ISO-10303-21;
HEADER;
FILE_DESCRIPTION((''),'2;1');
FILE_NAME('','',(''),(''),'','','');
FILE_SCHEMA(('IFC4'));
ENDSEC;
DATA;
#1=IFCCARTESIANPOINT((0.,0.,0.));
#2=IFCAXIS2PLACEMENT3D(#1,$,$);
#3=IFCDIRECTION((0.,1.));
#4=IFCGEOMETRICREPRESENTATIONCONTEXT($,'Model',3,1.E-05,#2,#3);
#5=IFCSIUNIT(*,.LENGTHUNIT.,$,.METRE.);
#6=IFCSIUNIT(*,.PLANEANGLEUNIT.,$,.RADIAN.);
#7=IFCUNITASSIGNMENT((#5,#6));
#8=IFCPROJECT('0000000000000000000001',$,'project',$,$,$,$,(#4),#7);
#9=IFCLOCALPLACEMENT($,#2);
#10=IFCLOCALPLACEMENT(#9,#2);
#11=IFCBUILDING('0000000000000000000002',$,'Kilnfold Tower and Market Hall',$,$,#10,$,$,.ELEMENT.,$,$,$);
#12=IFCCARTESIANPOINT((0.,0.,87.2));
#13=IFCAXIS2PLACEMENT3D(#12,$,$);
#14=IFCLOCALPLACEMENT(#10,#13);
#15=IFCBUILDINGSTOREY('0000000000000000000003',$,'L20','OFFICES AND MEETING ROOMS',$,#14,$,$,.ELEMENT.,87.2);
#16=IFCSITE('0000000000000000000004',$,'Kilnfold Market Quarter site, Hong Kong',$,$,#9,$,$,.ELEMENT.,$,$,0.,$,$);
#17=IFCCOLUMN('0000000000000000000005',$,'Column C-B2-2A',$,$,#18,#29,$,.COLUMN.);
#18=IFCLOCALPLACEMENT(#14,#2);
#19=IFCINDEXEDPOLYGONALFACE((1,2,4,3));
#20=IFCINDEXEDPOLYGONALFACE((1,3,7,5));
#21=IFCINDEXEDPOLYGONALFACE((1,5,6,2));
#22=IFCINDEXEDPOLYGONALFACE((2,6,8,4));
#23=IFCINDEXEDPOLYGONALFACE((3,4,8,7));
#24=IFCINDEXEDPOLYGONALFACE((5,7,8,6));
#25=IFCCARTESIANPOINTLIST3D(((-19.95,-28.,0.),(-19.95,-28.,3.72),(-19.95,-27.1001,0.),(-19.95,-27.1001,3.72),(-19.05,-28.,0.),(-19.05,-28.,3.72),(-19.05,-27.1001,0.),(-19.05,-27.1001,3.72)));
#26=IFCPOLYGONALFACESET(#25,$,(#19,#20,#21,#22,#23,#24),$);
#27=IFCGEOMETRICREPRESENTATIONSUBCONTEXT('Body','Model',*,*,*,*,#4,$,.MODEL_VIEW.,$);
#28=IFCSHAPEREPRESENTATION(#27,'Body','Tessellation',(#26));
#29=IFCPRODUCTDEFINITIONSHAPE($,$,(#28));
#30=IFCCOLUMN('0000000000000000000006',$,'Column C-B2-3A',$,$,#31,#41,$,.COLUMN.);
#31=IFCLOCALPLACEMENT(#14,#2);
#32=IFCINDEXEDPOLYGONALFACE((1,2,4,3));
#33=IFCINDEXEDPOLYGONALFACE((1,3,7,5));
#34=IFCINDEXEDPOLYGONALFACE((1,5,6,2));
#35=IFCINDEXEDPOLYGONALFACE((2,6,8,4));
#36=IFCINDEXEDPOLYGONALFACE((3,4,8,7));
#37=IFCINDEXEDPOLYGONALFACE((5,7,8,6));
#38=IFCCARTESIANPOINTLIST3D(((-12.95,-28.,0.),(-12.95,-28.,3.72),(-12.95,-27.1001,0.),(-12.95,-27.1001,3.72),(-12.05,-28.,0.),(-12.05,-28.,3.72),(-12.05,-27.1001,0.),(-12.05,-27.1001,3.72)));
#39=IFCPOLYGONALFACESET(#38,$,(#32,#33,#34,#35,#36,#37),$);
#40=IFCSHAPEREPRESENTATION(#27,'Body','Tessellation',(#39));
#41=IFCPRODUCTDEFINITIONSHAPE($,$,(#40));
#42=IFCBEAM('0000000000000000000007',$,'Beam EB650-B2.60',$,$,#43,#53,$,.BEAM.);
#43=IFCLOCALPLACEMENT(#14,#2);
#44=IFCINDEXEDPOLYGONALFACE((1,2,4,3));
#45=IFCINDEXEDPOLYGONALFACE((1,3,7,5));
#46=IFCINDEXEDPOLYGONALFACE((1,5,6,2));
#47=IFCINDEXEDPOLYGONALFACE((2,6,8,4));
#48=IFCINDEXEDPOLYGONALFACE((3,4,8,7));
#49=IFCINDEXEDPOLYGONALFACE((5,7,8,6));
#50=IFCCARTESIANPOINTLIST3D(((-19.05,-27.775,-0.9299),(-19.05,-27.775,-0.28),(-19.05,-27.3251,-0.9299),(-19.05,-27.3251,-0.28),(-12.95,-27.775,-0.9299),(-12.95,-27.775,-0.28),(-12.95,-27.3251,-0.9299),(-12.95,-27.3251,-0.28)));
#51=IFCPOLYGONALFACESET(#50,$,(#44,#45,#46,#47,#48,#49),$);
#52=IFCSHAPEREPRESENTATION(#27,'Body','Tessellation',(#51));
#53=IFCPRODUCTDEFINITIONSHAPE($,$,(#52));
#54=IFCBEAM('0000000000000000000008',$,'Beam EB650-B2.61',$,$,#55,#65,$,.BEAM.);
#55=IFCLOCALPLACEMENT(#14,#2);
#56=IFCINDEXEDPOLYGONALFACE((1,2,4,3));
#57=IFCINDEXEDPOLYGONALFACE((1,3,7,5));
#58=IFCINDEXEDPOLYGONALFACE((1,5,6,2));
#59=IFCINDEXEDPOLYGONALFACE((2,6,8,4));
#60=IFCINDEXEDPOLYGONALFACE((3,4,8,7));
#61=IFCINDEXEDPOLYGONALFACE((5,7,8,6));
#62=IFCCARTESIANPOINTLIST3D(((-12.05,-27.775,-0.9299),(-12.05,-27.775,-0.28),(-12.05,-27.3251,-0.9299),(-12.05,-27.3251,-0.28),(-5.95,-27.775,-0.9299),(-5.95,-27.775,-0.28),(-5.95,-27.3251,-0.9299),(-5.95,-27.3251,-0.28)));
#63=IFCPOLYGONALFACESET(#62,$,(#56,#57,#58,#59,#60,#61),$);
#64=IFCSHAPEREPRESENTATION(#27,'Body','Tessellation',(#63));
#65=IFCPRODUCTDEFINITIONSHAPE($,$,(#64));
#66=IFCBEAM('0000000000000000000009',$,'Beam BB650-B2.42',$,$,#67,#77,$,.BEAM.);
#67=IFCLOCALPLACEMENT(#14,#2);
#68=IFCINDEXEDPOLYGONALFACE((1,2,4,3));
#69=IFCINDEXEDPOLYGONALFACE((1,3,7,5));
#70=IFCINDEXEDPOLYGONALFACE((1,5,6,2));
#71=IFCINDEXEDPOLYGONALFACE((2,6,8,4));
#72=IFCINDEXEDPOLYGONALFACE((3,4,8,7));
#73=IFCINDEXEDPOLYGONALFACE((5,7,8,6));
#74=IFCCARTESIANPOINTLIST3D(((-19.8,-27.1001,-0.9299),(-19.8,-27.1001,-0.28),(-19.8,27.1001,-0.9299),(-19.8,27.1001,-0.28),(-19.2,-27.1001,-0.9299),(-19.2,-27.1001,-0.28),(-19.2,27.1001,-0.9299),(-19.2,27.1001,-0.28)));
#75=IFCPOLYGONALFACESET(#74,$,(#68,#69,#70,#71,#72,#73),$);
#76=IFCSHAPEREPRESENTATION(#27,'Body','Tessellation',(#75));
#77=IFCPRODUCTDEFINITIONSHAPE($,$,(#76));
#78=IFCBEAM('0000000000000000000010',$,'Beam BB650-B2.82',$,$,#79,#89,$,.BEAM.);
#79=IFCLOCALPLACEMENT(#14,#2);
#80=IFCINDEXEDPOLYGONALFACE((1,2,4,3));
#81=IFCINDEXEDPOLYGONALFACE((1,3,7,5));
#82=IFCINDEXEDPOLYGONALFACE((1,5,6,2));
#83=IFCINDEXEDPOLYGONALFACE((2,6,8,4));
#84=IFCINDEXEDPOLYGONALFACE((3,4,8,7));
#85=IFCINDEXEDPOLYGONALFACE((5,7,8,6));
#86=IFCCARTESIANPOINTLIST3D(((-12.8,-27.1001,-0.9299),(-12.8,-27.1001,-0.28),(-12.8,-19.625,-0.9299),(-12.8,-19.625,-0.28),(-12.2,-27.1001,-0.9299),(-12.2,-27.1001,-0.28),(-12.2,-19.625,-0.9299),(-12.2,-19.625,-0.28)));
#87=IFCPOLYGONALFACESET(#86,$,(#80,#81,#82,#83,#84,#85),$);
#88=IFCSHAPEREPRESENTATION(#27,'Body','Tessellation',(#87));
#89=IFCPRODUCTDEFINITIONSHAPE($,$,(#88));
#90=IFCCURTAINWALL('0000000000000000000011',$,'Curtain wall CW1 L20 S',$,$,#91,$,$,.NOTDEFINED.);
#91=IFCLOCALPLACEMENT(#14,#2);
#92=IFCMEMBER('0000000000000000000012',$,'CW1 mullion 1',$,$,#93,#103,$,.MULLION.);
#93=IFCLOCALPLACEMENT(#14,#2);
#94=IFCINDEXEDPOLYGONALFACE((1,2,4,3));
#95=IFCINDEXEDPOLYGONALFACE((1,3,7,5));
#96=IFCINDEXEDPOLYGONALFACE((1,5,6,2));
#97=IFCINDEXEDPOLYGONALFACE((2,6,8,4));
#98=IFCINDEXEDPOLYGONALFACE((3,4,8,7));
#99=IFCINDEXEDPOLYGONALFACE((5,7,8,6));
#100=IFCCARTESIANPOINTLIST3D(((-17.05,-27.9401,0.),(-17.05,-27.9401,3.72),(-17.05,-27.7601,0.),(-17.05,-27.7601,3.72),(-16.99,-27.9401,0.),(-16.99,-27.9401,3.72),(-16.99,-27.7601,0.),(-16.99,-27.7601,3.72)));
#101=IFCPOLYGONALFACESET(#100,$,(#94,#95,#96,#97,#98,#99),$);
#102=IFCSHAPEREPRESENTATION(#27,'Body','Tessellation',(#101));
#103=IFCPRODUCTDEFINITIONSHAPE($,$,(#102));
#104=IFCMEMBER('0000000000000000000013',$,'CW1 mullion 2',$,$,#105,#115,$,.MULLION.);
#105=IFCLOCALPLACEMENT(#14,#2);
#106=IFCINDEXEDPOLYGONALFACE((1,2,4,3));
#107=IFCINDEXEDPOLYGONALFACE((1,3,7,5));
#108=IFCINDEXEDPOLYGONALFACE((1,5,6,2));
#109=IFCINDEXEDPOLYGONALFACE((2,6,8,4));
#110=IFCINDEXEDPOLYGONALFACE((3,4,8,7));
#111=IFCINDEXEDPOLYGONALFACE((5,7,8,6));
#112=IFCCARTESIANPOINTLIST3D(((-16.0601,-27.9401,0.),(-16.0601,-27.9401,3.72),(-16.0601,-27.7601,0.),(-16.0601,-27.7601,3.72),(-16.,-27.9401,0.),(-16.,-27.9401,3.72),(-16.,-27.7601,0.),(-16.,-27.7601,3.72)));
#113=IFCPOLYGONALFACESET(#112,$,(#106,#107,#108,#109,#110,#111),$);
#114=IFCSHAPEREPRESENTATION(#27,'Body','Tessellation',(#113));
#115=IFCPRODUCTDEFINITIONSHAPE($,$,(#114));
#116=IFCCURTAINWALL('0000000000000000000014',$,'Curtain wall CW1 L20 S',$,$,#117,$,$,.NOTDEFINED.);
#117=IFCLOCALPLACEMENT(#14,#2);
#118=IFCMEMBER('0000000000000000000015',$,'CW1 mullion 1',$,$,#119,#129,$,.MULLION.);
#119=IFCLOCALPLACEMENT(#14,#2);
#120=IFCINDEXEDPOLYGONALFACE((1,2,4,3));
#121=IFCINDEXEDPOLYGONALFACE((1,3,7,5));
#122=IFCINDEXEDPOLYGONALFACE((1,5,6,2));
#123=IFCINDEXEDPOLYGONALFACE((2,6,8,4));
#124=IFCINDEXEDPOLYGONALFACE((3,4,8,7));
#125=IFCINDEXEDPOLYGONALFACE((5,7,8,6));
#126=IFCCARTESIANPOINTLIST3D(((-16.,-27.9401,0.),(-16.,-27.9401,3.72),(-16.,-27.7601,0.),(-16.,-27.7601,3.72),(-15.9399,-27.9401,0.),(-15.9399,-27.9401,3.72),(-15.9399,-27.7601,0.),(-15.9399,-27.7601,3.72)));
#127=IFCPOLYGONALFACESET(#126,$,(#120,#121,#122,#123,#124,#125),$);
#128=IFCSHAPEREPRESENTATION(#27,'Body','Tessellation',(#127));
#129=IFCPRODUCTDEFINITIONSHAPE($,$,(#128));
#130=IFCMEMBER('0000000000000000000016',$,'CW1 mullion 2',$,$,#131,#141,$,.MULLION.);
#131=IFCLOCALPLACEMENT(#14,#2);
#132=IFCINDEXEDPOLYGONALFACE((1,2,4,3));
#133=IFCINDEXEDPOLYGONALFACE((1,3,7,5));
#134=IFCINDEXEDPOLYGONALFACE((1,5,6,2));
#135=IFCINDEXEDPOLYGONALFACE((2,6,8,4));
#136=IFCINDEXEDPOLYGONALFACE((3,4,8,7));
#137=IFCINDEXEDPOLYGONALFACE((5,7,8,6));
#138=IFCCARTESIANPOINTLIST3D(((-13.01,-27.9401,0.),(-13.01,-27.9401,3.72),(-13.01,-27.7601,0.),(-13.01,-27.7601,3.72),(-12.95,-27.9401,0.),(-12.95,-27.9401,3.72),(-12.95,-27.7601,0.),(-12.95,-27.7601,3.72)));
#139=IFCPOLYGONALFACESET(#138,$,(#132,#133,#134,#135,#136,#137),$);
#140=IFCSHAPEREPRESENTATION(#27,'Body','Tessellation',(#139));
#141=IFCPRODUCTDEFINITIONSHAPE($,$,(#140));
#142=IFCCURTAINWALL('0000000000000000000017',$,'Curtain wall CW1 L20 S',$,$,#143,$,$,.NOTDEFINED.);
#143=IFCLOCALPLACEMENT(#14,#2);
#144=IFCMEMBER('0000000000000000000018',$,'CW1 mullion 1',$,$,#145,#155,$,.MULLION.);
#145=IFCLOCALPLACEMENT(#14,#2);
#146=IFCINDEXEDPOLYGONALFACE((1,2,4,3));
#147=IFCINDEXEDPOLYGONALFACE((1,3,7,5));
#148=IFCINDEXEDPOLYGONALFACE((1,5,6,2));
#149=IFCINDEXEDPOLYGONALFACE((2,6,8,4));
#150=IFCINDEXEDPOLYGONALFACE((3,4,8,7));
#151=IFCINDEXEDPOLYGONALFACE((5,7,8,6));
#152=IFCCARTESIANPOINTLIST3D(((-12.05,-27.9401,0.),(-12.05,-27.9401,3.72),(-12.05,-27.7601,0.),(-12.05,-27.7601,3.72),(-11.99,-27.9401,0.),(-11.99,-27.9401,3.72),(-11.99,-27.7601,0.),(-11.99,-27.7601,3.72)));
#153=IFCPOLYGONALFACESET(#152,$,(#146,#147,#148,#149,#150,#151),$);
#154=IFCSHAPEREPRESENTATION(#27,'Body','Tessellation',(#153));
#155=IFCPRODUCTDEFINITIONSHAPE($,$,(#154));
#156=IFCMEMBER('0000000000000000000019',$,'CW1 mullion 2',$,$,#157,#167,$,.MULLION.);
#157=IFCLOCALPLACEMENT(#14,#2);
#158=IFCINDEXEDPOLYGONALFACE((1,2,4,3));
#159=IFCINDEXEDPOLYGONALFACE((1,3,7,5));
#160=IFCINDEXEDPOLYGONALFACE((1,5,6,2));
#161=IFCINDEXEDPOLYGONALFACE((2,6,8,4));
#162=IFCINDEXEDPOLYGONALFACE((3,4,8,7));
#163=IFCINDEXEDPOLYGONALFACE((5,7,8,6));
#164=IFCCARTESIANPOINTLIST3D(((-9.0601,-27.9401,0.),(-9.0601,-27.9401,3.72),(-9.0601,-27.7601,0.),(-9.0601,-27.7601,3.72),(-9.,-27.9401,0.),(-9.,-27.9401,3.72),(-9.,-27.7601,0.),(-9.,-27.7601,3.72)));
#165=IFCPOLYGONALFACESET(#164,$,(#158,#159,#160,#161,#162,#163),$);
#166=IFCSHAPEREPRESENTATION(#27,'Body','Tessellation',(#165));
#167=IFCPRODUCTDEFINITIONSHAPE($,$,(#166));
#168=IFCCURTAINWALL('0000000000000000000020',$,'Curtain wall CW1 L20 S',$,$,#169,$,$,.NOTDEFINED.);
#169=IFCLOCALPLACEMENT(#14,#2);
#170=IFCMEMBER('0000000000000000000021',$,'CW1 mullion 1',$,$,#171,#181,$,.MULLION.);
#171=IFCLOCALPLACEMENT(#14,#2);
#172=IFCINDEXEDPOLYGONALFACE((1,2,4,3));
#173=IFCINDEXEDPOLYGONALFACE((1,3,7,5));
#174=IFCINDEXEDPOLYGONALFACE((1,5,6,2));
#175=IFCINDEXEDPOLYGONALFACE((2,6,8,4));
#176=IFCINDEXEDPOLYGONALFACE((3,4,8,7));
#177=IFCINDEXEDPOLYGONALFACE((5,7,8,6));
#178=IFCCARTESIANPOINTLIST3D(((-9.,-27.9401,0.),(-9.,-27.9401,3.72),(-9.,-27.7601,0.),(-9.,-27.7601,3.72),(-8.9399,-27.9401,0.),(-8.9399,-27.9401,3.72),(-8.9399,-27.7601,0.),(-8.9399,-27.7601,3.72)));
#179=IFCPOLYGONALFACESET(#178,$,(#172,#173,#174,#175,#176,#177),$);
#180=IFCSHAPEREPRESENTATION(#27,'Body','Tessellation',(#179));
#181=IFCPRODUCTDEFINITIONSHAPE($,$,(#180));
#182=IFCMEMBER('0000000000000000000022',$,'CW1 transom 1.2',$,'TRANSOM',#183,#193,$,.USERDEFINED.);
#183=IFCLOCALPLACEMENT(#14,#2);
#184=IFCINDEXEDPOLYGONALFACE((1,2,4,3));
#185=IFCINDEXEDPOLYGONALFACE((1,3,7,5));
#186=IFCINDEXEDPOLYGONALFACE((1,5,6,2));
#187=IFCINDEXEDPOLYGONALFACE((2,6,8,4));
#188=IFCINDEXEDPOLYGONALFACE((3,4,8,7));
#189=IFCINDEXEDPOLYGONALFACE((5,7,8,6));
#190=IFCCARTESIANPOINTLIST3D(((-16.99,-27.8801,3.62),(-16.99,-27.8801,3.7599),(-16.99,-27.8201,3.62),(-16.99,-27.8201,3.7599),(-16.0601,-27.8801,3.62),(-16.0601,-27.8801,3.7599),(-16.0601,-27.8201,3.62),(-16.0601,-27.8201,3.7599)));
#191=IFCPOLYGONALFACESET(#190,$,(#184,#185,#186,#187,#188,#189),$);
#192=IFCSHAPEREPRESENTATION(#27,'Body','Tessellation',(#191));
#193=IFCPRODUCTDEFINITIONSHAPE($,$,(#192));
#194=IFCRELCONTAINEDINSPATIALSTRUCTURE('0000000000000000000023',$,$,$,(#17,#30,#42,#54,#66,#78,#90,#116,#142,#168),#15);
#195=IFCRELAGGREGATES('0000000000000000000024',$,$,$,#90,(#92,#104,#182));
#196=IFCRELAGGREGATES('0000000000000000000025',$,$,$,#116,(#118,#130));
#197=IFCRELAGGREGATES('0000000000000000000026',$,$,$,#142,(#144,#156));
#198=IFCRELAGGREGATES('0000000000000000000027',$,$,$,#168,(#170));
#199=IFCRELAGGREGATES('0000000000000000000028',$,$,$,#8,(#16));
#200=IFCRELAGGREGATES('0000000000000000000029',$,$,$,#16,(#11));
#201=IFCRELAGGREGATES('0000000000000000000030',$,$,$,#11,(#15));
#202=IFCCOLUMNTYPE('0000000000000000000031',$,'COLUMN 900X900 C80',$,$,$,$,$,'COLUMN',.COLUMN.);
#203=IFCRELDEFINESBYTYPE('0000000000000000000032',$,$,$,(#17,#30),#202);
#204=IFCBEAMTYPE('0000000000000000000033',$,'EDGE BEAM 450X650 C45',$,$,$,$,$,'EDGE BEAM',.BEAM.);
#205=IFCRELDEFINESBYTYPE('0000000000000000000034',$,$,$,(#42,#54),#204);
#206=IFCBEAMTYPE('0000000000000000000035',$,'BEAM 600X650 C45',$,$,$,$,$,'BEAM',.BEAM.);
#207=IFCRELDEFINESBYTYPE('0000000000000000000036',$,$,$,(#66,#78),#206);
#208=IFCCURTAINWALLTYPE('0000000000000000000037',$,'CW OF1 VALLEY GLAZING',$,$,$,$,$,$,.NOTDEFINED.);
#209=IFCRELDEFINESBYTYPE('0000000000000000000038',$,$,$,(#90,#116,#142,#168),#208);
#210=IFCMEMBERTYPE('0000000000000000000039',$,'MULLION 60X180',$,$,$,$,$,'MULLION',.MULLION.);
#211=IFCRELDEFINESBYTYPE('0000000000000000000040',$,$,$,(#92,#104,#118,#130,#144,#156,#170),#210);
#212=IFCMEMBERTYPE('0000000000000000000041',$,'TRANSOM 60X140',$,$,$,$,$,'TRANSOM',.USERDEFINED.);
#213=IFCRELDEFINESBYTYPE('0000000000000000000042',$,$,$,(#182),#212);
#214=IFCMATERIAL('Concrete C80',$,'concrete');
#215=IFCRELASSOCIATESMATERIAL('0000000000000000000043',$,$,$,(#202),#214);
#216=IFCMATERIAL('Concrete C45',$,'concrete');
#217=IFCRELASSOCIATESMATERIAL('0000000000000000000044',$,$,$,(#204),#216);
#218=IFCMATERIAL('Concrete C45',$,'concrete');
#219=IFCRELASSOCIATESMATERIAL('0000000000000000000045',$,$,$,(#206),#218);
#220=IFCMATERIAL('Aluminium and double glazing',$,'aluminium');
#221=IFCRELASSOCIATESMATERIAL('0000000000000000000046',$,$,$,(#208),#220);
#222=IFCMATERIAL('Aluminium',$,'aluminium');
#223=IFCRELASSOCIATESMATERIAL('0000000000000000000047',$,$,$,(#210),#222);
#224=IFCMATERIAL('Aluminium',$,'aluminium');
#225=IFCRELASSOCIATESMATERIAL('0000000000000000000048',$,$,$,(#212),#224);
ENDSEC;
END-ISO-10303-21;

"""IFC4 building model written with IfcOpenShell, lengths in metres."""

from ifc_helpers import new_model, si_unit, direction, frame, origin, origin_2d, place, context, subcontext, project, spatial, rectangle, extrude, source, transform, mapped, material, material_profile, profile_set, type_object, element, aggregate, save


model = new_model("IFC4")

# Units and contexts
model_context = context("Model", 3, precision=1e-05, world=origin(), true_north=direction((0.0, 1.0)))
body_context = subcontext(model_context, "Body", "Model", "MODEL_VIEW")
ifc_project = project(units=[si_unit("LENGTHUNIT", "METRE"), si_unit("PLANEANGLEUNIT", "RADIAN")], contexts=[model_context])

# Site, building, storey
site_placement = place(None, origin())
site = spatial("IfcSite", under=ifc_project, at=site_placement, Name="Kilnfold Market Quarter site, Hong Kong", CompositionType="ELEMENT", RefElevation=0.0)
building_placement = place(site_placement, origin())
building = spatial("IfcBuilding", under=site, at=building_placement, Name="Kilnfold Tower and Market Hall", CompositionType="ELEMENT")
storey_placement = place(building_placement, frame((0.0, 0.0, 87.2)))
storey = spatial("IfcBuildingStorey", under=building, at=storey_placement, Name="L20", Description="OFFICES AND MEETING ROOMS", CompositionType="ELEMENT", Elevation=87.2)

# Columns
ifc_material_1 = material(Name="Concrete C80", Category="concrete")
ifc_material_profile_1 = material_profile(ifc_material_1, rectangle(XDim=0.8999, YDim=0.8999, at=origin_2d()), Name="RC 900x900")
ifc_profile_set_1 = profile_set([ifc_material_profile_1], Name="Concrete C80")
column_type = type_object("IfcColumnType", Name="COLUMN 900X900 C80", ElementType="COLUMN", PredefinedType="COLUMN", material=ifc_profile_set_1)
shared_shape_1 = source(origin(), body_context, "Body", "SweptSolid", [
    extrude(rectangle(XDim=0.8999, YDim=0.8999, at=origin_2d()), origin(), (0.0, 0.0, 1.0), 3.72),
])
for number, where, z_axis, x_axis, name in (
    (1, (-19.5, -27.55, 0.0), (0.0, 0.0, 1.0), (1.0, 0.0, 0.0), "Column C-B2-2A"),
    (2, (-12.5, -27.55, 0.0), (0.0, 0.0, 1.0), (1.0, 0.0, 0.0), "Column C-B2-3A"),
):
    element("IfcColumn", number, at=place(storey_placement, frame(where, z_axis=z_axis, x_axis=x_axis)), inside=storey, type_object=column_type, Name=name, PredefinedType="COLUMN", context=body_context, shape_type="MappedRepresentation", body=[
        mapped(shared_shape_1, transform((0.0, 0.0, 0.0))),
    ])

# Beams
ifc_material_2 = material(Name="Concrete C45", Category="concrete")
ifc_material_profile_2 = material_profile(ifc_material_2, rectangle(XDim=0.45, YDim=0.6499, at=origin_2d()), Name="RC 450x650")
ifc_profile_set_2 = profile_set([ifc_material_profile_2], Name="Concrete C45")
beam_type_1 = type_object("IfcBeamType", Name="EDGE BEAM 450X650 C45", ElementType="EDGE BEAM", PredefinedType="BEAM", material=ifc_profile_set_2)
shared_shape_2 = source(origin(), body_context, "Body", "SweptSolid", [
    extrude(rectangle(XDim=0.45, YDim=0.6499, at=origin_2d()), origin(), (0.0, 0.0, 1.0), 6.1001),
])
for number, where, z_axis, x_axis, name in (
    (3, (-19.05, -27.55, -0.605), (1.0, 0.0, 0.0), (0.0, 1.0, 0.0), "Beam EB650-B2.60"),
    (4, (-12.05, -27.55, -0.605), (1.0, 0.0, 0.0), (0.0, 1.0, 0.0), "Beam EB650-B2.61"),
):
    element("IfcBeam", number, at=place(storey_placement, frame(where, z_axis=z_axis, x_axis=x_axis)), inside=storey, type_object=beam_type_1, Name=name, PredefinedType="BEAM", context=body_context, shape_type="MappedRepresentation", body=[
        mapped(shared_shape_2, transform((0.0, 0.0, 0.0))),
    ])
ifc_material_3 = material(Name="Concrete C45", Category="concrete")
ifc_material_profile_3 = material_profile(ifc_material_3, rectangle(XDim=0.6001, YDim=0.6499, at=origin_2d()), Name="RC 600x650")
ifc_profile_set_3 = profile_set([ifc_material_profile_3], Name="Concrete C45")
beam_type_2 = type_object("IfcBeamType", Name="BEAM 600X650 C45", ElementType="BEAM", PredefinedType="BEAM", material=ifc_profile_set_3)
shared_shape_3 = source(origin(), body_context, "Body", "SweptSolid", [
    extrude(rectangle(XDim=0.6001, YDim=0.6499, at=origin_2d()), origin(), (0.0, 0.0, 1.0), 54.2002),
])
beam_1_placement = place(storey_placement, frame((-19.5, -27.1001, -0.605), z_axis=(0.0, 1.0, 0.0), x_axis=(-1.0, 0.0, 0.0)))
element("IfcBeam", 5, at=beam_1_placement, inside=storey, type_object=beam_type_2, Name="Beam BB650-B2.42", PredefinedType="BEAM", context=body_context, shape_type="MappedRepresentation", body=[
    mapped(shared_shape_3, transform((0.0, 0.0, 0.0))),
])
shared_shape_4 = source(origin(), body_context, "Body", "SweptSolid", [
    extrude(rectangle(XDim=0.6001, YDim=0.6499, at=origin_2d()), origin(), (0.0, 0.0, 1.0), 7.4751),
])
beam_2_placement = place(storey_placement, frame((-12.5, -27.1001, -0.605), z_axis=(0.0, 1.0, 0.0), x_axis=(-1.0, 0.0, 0.0)))
element("IfcBeam", 6, at=beam_2_placement, inside=storey, type_object=beam_type_2, Name="Beam BB650-B2.82", PredefinedType="BEAM", context=body_context, shape_type="MappedRepresentation", body=[
    mapped(shared_shape_4, transform((0.0, 0.0, 0.0))),
])

# Curtain walls, members
ifc_material_4 = material(Name="Aluminium and double glazing", Category="aluminium")
curtain_wall_type = type_object("IfcCurtainWallType", Name="CW OF1 VALLEY GLAZING", PredefinedType="NOTDEFINED", material=ifc_material_4)
curtain_wall_1_placement = place(storey_placement, origin())
curtain_wall_1 = element("IfcCurtainWall", 7, at=curtain_wall_1_placement, inside=storey, type_object=curtain_wall_type, Name="Curtain wall CW1 L20 S", PredefinedType="NOTDEFINED")
ifc_material_5 = material(Name="Aluminium", Category="aluminium")
ifc_material_profile_4 = material_profile(ifc_material_5, rectangle(XDim=0.0601, YDim=0.1799, at=origin_2d()), Name="MULLION 60x180")
ifc_profile_set_4 = profile_set([ifc_material_profile_4], Name="Aluminium")
member_type_1 = type_object("IfcMemberType", Name="MULLION 60X180", ElementType="MULLION", PredefinedType="MULLION", material=ifc_profile_set_4)
shared_shape_5 = source(origin(), body_context, "Body", "SweptSolid", [
    extrude(rectangle(XDim=0.0601, YDim=0.1799, at=origin_2d()), origin(), (0.0, 0.0, 1.0), 3.72),
])
member_1_placement = place(storey_placement, frame((-17.02, -27.8501, 0.0), z_axis=(0.0, 0.0, 1.0), x_axis=(1.0, 0.0, 0.0)))
member_1 = element("IfcMember", 8, at=member_1_placement, type_object=member_type_1, Name="CW1 mullion 1", PredefinedType="MULLION", context=body_context, shape_type="MappedRepresentation", body=[
    mapped(shared_shape_5, transform((0.0, 0.0, 0.0))),
])
member_2_placement = place(storey_placement, frame((-16.03, -27.8501, 0.0), z_axis=(0.0, 0.0, 1.0), x_axis=(1.0, 0.0, 0.0)))
member_2 = element("IfcMember", 9, at=member_2_placement, type_object=member_type_1, Name="CW1 mullion 2", PredefinedType="MULLION", context=body_context, shape_type="MappedRepresentation", body=[
    mapped(shared_shape_5, transform((0.0, 0.0, 0.0))),
])
curtain_wall_2_placement = place(storey_placement, origin())
curtain_wall_2 = element("IfcCurtainWall", 10, at=curtain_wall_2_placement, inside=storey, type_object=curtain_wall_type, Name="Curtain wall CW1 L20 S", PredefinedType="NOTDEFINED")
member_3_placement = place(storey_placement, frame((-15.97, -27.8501, 0.0), z_axis=(0.0, 0.0, 1.0), x_axis=(1.0, 0.0, 0.0)))
member_3 = element("IfcMember", 11, at=member_3_placement, type_object=member_type_1, Name="CW1 mullion 1", PredefinedType="MULLION", context=body_context, shape_type="MappedRepresentation", body=[
    mapped(shared_shape_5, transform((0.0, 0.0, 0.0))),
])
member_4_placement = place(storey_placement, frame((-12.98, -27.8501, 0.0), z_axis=(0.0, 0.0, 1.0), x_axis=(1.0, 0.0, 0.0)))
member_4 = element("IfcMember", 12, at=member_4_placement, type_object=member_type_1, Name="CW1 mullion 2", PredefinedType="MULLION", context=body_context, shape_type="MappedRepresentation", body=[
    mapped(shared_shape_5, transform((0.0, 0.0, 0.0))),
])
curtain_wall_3_placement = place(storey_placement, origin())
curtain_wall_3 = element("IfcCurtainWall", 13, at=curtain_wall_3_placement, inside=storey, type_object=curtain_wall_type, Name="Curtain wall CW1 L20 S", PredefinedType="NOTDEFINED")
member_5_placement = place(storey_placement, frame((-12.02, -27.8501, 0.0), z_axis=(0.0, 0.0, 1.0), x_axis=(1.0, 0.0, 0.0)))
member_5 = element("IfcMember", 14, at=member_5_placement, type_object=member_type_1, Name="CW1 mullion 1", PredefinedType="MULLION", context=body_context, shape_type="MappedRepresentation", body=[
    mapped(shared_shape_5, transform((0.0, 0.0, 0.0))),
])
member_6_placement = place(storey_placement, frame((-9.03, -27.8501, 0.0), z_axis=(0.0, 0.0, 1.0), x_axis=(1.0, 0.0, 0.0)))
member_6 = element("IfcMember", 15, at=member_6_placement, type_object=member_type_1, Name="CW1 mullion 2", PredefinedType="MULLION", context=body_context, shape_type="MappedRepresentation", body=[
    mapped(shared_shape_5, transform((0.0, 0.0, 0.0))),
])

# Curtain wall, member
curtain_wall_4_placement = place(storey_placement, origin())
curtain_wall_4 = element("IfcCurtainWall", 16, at=curtain_wall_4_placement, inside=storey, type_object=curtain_wall_type, Name="Curtain wall CW1 L20 S", PredefinedType="NOTDEFINED")
member_7_placement = place(storey_placement, frame((-8.97, -27.8501, 0.0), z_axis=(0.0, 0.0, 1.0), x_axis=(1.0, 0.0, 0.0)))
member_7 = element("IfcMember", 17, at=member_7_placement, type_object=member_type_1, Name="CW1 mullion 1", PredefinedType="MULLION", context=body_context, shape_type="MappedRepresentation", body=[
    mapped(shared_shape_5, transform((0.0, 0.0, 0.0))),
])

# Member
ifc_material_6 = material(Name="Aluminium", Category="aluminium")
ifc_material_profile_5 = material_profile(ifc_material_6, rectangle(XDim=0.0601, YDim=0.1399, at=origin_2d()), Name="TRANSOM 60x140")
ifc_profile_set_5 = profile_set([ifc_material_profile_5], Name="Aluminium")
member_type_2 = type_object("IfcMemberType", Name="TRANSOM 60X140", ElementType="TRANSOM", PredefinedType="USERDEFINED", material=ifc_profile_set_5)
shared_shape_6 = source(origin(), body_context, "Body", "SweptSolid", [
    extrude(rectangle(XDim=0.0601, YDim=0.1399, at=origin_2d()), origin(), (0.0, 0.0, 1.0), 0.9299),
])
member_8_placement = place(storey_placement, frame((-16.99, -27.8501, 3.6899), z_axis=(1.0, 0.0, 0.0), x_axis=(0.0, 1.0, 0.0)))
member_8 = element("IfcMember", 18, at=member_8_placement, type_object=member_type_2, Name="CW1 transom 1.2", ObjectType="TRANSOM", PredefinedType="USERDEFINED", context=body_context, shape_type="MappedRepresentation", body=[
    mapped(shared_shape_6, transform((0.0, 0.0, 0.0))),
])

aggregate(curtain_wall_1, [member_1, member_2, member_8])
aggregate(curtain_wall_2, [member_3, member_4])
aggregate(curtain_wall_3, [member_5, member_6])
aggregate(curtain_wall_4, [member_7])

save(model, "model.ifc")
